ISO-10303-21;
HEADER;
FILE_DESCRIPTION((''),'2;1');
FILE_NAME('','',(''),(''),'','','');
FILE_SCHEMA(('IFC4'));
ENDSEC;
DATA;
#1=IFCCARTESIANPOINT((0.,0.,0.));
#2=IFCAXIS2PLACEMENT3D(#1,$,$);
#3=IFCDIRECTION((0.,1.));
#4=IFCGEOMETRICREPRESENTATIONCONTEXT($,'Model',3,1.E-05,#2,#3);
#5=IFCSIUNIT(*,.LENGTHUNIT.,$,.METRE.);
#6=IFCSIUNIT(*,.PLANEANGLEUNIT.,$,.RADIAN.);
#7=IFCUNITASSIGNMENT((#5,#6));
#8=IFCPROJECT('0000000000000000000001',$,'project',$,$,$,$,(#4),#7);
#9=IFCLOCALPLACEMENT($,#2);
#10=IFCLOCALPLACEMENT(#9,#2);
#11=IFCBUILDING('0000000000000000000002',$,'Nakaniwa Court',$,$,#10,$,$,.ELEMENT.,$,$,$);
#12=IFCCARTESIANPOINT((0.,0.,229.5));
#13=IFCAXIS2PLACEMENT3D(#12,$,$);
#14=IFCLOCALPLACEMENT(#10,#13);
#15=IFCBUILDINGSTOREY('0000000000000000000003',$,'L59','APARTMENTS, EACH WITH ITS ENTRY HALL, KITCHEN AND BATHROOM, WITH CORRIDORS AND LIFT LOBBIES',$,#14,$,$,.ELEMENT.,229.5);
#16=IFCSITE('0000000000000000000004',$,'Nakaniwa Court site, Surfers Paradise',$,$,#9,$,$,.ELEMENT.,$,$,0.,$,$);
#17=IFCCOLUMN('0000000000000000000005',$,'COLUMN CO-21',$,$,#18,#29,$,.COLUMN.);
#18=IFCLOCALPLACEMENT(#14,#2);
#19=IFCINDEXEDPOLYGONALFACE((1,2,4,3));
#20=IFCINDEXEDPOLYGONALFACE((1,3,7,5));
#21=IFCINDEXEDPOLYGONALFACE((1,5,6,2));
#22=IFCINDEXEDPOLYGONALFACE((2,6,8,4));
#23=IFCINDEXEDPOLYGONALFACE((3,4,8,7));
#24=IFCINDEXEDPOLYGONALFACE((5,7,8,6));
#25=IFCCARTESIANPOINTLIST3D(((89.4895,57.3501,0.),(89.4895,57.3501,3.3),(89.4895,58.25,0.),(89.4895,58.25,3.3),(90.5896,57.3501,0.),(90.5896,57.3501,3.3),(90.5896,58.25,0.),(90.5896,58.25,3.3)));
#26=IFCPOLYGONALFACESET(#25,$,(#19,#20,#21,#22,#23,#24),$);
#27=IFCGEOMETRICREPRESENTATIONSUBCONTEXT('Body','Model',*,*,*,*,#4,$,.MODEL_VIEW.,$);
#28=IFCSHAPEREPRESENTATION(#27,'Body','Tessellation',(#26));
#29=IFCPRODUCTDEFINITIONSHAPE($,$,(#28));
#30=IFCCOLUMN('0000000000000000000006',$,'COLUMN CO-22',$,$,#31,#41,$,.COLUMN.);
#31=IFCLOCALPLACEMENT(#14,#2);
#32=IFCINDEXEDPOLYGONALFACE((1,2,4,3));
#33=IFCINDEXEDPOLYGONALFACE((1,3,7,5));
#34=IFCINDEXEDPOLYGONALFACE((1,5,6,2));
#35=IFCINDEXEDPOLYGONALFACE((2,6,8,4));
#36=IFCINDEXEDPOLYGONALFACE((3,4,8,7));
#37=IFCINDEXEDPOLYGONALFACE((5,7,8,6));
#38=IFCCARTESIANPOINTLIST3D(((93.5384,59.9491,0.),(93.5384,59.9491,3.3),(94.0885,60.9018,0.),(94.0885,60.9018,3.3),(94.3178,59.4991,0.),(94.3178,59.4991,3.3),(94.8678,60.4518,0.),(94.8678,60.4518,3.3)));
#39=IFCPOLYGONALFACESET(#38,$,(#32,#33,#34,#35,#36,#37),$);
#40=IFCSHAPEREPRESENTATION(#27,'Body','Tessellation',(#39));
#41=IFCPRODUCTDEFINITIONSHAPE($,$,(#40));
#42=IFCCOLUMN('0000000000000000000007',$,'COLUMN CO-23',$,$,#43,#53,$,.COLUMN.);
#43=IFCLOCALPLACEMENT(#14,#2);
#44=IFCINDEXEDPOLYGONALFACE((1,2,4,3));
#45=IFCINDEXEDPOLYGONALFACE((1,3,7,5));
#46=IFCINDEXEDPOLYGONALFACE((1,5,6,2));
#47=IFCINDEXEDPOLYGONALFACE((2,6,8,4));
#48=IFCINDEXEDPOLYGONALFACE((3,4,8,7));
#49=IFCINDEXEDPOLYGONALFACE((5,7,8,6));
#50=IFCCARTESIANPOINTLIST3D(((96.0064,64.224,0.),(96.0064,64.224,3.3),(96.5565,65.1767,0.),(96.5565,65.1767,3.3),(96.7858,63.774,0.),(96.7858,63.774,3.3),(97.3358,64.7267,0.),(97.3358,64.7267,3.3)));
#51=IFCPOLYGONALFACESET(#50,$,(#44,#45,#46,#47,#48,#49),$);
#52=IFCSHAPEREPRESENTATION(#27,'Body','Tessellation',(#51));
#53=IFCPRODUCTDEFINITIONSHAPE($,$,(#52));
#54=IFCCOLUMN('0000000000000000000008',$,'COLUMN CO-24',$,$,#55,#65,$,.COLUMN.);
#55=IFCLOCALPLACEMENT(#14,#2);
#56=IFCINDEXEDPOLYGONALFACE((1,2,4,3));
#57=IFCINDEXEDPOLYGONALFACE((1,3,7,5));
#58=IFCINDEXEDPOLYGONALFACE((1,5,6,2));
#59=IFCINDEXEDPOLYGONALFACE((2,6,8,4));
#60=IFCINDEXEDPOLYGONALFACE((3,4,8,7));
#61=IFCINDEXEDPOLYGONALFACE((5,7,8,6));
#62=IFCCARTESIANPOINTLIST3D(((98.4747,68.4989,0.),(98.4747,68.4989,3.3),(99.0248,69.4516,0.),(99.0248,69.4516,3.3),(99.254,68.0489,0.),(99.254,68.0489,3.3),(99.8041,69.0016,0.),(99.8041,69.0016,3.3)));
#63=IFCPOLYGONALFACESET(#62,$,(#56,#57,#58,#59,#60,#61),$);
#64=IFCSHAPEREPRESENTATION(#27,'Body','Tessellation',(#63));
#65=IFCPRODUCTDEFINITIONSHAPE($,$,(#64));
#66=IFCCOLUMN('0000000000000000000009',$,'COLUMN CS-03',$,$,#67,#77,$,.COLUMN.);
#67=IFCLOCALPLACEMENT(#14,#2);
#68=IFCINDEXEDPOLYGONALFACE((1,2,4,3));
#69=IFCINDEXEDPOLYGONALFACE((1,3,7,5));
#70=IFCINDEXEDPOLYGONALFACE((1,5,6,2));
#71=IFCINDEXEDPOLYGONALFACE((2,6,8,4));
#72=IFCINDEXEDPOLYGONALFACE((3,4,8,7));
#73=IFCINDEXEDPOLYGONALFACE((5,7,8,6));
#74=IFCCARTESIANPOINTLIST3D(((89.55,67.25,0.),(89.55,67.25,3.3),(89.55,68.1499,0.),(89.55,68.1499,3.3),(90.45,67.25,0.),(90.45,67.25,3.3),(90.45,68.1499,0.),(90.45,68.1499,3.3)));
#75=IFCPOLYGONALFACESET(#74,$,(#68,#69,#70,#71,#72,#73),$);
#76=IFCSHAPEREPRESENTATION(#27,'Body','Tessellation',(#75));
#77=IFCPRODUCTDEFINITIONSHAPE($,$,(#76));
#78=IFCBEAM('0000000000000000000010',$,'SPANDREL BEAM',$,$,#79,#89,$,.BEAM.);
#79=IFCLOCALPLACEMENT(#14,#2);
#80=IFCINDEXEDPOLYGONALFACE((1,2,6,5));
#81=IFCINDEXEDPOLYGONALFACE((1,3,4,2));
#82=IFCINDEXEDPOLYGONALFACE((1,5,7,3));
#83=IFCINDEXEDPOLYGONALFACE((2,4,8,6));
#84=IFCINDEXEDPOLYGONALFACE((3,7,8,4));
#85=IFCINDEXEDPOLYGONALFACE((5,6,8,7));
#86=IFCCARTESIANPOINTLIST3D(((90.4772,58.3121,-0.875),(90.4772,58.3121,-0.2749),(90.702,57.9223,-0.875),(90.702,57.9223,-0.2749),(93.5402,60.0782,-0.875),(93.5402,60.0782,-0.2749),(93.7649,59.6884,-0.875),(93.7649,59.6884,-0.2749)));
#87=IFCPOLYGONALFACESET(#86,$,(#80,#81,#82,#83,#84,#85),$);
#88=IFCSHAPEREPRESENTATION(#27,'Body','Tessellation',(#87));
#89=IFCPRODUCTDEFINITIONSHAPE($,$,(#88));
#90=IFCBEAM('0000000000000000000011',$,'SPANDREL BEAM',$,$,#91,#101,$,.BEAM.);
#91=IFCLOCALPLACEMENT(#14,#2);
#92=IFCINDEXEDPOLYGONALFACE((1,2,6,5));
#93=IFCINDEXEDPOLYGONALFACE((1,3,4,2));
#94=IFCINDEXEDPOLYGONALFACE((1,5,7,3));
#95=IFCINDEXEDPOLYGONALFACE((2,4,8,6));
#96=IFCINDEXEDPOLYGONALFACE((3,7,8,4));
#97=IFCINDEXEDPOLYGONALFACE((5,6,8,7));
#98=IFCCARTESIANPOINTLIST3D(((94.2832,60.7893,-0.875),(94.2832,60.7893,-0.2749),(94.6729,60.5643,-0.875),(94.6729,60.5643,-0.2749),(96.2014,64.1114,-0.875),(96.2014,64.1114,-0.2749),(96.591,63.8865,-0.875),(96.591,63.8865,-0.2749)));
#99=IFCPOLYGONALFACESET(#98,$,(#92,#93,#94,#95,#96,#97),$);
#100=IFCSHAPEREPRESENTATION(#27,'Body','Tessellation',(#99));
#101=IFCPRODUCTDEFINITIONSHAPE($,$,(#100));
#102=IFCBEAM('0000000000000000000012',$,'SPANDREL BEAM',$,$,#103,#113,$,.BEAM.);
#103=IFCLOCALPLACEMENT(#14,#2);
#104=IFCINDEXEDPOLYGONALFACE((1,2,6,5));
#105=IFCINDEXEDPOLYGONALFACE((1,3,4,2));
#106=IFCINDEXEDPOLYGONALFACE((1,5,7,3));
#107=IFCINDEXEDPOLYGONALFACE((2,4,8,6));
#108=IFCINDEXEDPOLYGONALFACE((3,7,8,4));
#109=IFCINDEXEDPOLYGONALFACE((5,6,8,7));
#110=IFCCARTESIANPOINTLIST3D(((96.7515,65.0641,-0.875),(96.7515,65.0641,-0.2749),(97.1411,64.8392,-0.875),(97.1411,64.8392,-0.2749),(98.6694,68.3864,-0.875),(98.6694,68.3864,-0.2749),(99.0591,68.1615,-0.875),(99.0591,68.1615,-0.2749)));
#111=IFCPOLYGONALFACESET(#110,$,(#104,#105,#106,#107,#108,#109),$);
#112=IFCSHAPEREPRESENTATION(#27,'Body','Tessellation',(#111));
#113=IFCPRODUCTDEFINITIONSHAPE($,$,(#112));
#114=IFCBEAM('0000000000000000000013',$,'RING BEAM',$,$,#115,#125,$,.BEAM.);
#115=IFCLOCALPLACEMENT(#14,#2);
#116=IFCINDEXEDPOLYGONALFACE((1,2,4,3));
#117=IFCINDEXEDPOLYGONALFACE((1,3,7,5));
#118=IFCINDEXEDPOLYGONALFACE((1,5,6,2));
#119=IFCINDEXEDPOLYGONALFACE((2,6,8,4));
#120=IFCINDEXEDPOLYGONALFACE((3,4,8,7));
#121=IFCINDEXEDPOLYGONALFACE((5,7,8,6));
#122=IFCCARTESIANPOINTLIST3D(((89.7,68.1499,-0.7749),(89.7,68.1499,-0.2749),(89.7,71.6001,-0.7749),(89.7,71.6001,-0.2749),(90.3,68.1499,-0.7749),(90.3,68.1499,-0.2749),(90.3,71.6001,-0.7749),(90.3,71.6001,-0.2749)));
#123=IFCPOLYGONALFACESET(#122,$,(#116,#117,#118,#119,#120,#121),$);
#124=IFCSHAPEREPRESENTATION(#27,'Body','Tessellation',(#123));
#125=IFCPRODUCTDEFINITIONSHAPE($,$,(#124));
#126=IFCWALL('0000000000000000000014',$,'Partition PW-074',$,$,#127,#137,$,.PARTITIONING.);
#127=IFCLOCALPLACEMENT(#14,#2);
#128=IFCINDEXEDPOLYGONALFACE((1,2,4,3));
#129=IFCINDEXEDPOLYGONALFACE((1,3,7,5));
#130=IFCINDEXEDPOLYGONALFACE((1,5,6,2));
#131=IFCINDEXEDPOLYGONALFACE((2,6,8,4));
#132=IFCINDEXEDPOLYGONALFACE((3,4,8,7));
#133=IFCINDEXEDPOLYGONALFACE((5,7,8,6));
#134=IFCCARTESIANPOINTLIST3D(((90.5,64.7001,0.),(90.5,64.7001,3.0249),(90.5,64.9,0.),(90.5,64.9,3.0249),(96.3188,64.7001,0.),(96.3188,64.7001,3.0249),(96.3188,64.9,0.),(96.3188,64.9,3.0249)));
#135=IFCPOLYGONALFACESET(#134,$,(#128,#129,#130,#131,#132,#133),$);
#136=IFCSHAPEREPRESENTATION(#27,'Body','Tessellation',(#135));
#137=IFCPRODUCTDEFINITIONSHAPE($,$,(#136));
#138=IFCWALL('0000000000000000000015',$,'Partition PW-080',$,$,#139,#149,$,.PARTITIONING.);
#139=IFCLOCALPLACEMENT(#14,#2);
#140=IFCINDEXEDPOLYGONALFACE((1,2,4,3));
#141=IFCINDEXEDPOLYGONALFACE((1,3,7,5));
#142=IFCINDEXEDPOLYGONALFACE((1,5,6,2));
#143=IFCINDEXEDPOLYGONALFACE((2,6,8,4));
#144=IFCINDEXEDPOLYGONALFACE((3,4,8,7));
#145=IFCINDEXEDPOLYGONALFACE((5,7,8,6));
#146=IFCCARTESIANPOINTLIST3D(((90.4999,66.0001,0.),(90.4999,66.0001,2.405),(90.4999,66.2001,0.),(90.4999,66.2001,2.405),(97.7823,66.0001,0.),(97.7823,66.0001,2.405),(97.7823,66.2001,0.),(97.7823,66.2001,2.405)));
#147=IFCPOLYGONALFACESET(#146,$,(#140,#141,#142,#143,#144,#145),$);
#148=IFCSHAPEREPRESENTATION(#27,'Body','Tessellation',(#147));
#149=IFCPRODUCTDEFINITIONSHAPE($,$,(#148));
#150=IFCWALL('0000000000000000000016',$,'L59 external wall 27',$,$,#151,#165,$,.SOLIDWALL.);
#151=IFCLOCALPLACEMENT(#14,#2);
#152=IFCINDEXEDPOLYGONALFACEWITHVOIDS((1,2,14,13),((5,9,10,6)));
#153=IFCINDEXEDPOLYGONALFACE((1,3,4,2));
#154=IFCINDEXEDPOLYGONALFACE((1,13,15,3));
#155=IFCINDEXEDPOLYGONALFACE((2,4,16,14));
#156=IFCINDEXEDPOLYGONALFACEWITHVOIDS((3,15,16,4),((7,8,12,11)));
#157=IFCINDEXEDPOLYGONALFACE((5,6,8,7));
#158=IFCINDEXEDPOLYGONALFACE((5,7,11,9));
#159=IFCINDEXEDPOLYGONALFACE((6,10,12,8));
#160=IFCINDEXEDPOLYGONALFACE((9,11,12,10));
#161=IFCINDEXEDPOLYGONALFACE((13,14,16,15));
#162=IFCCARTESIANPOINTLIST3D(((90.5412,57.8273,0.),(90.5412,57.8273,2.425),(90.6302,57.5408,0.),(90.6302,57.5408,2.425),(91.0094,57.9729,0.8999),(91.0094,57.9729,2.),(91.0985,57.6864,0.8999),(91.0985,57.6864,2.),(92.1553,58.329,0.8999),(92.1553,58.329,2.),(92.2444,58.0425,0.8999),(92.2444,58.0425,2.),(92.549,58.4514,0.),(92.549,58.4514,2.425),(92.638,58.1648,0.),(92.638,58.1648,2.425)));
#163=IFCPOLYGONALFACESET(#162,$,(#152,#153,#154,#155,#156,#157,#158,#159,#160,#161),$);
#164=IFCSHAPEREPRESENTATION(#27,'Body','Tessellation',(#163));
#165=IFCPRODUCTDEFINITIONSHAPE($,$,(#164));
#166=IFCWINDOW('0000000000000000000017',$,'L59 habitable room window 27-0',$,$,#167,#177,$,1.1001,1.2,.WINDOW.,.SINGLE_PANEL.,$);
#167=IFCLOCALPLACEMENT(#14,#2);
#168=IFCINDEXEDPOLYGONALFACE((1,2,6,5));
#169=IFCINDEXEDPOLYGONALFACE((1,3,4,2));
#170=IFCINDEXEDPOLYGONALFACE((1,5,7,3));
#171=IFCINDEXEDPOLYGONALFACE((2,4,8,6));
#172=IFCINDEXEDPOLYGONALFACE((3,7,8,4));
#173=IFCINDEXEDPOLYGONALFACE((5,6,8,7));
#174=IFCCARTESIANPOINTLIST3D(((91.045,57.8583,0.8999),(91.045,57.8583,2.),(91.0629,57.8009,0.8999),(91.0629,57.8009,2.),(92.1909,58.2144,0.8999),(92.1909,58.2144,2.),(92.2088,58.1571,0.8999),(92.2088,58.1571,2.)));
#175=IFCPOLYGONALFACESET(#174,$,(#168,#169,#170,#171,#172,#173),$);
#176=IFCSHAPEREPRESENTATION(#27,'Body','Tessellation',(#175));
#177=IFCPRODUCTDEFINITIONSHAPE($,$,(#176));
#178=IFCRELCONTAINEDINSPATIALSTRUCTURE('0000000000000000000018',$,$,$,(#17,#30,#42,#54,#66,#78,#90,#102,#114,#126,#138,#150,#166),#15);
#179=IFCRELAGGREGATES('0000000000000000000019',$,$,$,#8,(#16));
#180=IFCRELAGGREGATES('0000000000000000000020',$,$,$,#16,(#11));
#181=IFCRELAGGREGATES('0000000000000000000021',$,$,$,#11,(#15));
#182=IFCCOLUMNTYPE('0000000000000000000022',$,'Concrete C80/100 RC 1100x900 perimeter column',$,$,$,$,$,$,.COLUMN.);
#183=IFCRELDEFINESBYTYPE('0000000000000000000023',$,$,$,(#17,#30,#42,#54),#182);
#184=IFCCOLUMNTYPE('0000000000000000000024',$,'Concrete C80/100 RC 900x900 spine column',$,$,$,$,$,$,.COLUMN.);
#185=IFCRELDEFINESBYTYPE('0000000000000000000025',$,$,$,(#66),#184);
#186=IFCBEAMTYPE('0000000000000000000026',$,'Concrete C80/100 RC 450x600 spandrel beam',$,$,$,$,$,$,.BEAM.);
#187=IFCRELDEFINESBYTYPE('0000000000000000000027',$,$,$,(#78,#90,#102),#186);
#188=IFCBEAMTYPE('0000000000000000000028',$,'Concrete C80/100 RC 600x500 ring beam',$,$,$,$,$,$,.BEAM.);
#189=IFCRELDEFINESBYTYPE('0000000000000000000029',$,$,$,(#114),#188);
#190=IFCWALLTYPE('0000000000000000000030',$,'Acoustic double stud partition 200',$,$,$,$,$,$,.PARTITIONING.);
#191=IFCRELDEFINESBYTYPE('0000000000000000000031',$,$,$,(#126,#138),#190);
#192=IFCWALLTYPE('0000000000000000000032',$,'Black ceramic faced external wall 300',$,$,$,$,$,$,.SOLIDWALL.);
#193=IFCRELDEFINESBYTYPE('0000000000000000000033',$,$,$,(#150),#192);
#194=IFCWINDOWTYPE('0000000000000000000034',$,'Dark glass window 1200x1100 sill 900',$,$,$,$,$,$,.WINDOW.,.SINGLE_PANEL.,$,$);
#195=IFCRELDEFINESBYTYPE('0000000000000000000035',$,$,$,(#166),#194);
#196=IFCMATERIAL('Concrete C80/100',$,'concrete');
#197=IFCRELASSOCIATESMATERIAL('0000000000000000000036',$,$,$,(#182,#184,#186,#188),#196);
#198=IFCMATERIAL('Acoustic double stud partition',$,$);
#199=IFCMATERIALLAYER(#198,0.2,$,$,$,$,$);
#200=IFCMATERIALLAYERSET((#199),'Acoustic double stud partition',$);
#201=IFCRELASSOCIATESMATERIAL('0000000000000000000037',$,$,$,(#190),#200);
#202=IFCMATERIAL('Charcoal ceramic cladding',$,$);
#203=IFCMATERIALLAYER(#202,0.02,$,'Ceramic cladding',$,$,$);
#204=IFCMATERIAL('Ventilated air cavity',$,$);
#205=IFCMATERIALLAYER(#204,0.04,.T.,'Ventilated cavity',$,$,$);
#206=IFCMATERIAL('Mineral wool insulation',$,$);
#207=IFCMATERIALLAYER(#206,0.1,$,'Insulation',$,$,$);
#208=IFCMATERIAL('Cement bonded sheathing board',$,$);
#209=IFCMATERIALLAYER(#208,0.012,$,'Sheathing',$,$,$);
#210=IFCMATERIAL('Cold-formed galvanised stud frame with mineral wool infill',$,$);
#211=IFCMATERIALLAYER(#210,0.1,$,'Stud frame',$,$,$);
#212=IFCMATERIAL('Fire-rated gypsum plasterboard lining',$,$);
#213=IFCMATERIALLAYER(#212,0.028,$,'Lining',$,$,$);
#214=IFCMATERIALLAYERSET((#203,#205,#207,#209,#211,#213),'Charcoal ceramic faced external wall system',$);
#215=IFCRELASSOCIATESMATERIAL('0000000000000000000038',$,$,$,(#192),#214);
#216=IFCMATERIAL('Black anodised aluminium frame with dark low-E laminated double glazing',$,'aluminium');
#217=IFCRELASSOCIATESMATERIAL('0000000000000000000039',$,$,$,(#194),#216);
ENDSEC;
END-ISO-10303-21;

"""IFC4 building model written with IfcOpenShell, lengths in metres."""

from ifc_helpers import new_model, si_unit, direction, frame, frame_2d, origin, origin_2d, place, context, subcontext, project, spatial, rectangle, extrude, material, layer, layer_set, material_profile, profile_set, type_object, element, fill, save


model = new_model("IFC4")

# Units and contexts
model_context = context("Model", 3, precision=1e-05, world=origin(), true_north=direction((0.0, 1.0)))
body_context = subcontext(model_context, "Body", "Model", "MODEL_VIEW")
ifc_project = project(units=[si_unit("LENGTHUNIT", "METRE"), si_unit("PLANEANGLEUNIT", "RADIAN")], contexts=[model_context])

# Site, building, storey
site_placement = place(None, origin())
site = spatial("IfcSite", under=ifc_project, at=site_placement, Name="Nakaniwa Court site, Surfers Paradise", CompositionType="ELEMENT", RefElevation=0.0)
building_placement = place(site_placement, origin())
building = spatial("IfcBuilding", under=site, at=building_placement, Name="Nakaniwa Court", CompositionType="ELEMENT")
storey_placement = place(building_placement, frame((0.0, 0.0, 229.5)))
storey = spatial("IfcBuildingStorey", under=building, at=storey_placement, Name="L59", Description="APARTMENTS, EACH WITH ITS ENTRY HALL, KITCHEN AND BATHROOM, WITH CORRIDORS AND LIFT LOBBIES", CompositionType="ELEMENT", Elevation=229.5)

# Columns
ifc_material_1 = material(Name="Concrete C80/100", Category="concrete")
ifc_material_profile_1 = material_profile(ifc_material_1, rectangle(XDim=1.1001, YDim=0.8999, at=origin_2d()), Name="Concrete C80/100 RC 1100x900 perimeter column")
ifc_profile_set_1 = profile_set([ifc_material_profile_1], Name="Concrete C80/100")
column_type_1 = type_object("IfcColumnType", Name="Concrete C80/100 RC 1100x900 perimeter column", PredefinedType="COLUMN", material=ifc_profile_set_1)
for number, where, z_axis, x_axis, name in (
    (1, (90.0396, 57.8, 0.0), (0.0, 0.0, 1.0), (1.0, 0.0, 0.0), "COLUMN CO-21"),
    (2, (94.2031, 60.2004, 0.0), (0.0, 0.0, 1.0), (0.5, 0.866025, 0.0), "COLUMN CO-22"),
    (3, (96.6711, 64.4753, 0.0), (0.0, 0.0, 1.0), (0.5, 0.866025, 0.0), "COLUMN CO-23"),
    (4, (99.1394, 68.7502, 0.0), (0.0, 0.0, 1.0), (0.5, 0.866025, 0.0), "COLUMN CO-24"),
):
    element("IfcColumn", number, at=place(storey_placement, frame(where, z_axis=z_axis, x_axis=x_axis)), inside=storey, type_object=column_type_1, Name=name, PredefinedType="COLUMN", context=body_context, shape_type="SweptSolid", body=[
        extrude(rectangle(XDim=1.1001, YDim=0.8999, at=origin_2d()), origin(), (0.0, 0.0, 1.0), 3.3),
    ])
ifc_material_profile_2 = material_profile(ifc_material_1, rectangle(XDim=0.8999, YDim=0.8999, at=origin_2d()), Name="Concrete C80/100 RC 900x900 spine column")
ifc_profile_set_2 = profile_set([ifc_material_profile_2], Name="Concrete C80/100")
column_type_2 = type_object("IfcColumnType", Name="Concrete C80/100 RC 900x900 spine column", PredefinedType="COLUMN", material=ifc_profile_set_2)
column_placement = place(storey_placement, frame((90.0, 67.7, 0.0), z_axis=(0.0, 0.0, 1.0), x_axis=(0.0, 1.0, 0.0)))
element("IfcColumn", 5, at=column_placement, inside=storey, type_object=column_type_2, Name="COLUMN CS-03", PredefinedType="COLUMN", context=body_context, shape_type="SweptSolid", body=[
    extrude(rectangle(XDim=0.8999, YDim=0.8999, at=origin_2d()), origin(), (0.0, 0.0, 1.0), 3.3),
])

# Beams
ifc_material_profile_3 = material_profile(ifc_material_1, rectangle(XDim=0.45, YDim=0.6001, at=origin_2d()), Name="Concrete C80/100 RC 450x600 spandrel beam")
ifc_profile_set_3 = profile_set([ifc_material_profile_3], Name="Concrete C80/100")
beam_type_1 = type_object("IfcBeamType", Name="Concrete C80/100 RC 450x600 spandrel beam", PredefinedType="BEAM", material=ifc_profile_set_3)
beam_1_placement = place(storey_placement, frame((90.5896, 58.1172, -0.575), z_axis=(0.866307, 0.499511, 0.0), x_axis=(-0.499511, 0.866307, 0.0)))
element("IfcBeam", 6, at=beam_1_placement, inside=storey, type_object=beam_type_1, Name="SPANDREL BEAM", PredefinedType="BEAM", context=body_context, shape_type="SweptSolid", body=[
    extrude(rectangle(XDim=0.45, YDim=0.6001, at=origin_2d()), origin(), (0.0, 0.0, 1.0), 3.5356),
])
for number, where, z_axis, x_axis, name in (
    (7, (94.478, 60.6768, -0.575), (0.50002, 0.866014, 0.0), (-0.866014, 0.50002, 0.0), "SPANDREL BEAM"),
    (8, (96.9463, 64.9517, -0.575), (0.499972, 0.866041, 0.0), (-0.866041, 0.499972, 0.0), "SPANDREL BEAM"),
):
    element("IfcBeam", number, at=place(storey_placement, frame(where, z_axis=z_axis, x_axis=x_axis)), inside=storey, type_object=beam_type_1, Name=name, PredefinedType="BEAM", context=body_context, shape_type="SweptSolid", body=[
        extrude(rectangle(XDim=0.45, YDim=0.6001, at=origin_2d()), origin(), (0.0, 0.0, 1.0), 3.8362),
    ])
ifc_material_profile_4 = material_profile(ifc_material_1, rectangle(XDim=0.6001, YDim=0.5, at=origin_2d()), Name="Concrete C80/100 RC 600x500 ring beam")
ifc_profile_set_4 = profile_set([ifc_material_profile_4], Name="Concrete C80/100")
beam_type_2 = type_object("IfcBeamType", Name="Concrete C80/100 RC 600x500 ring beam", PredefinedType="BEAM", material=ifc_profile_set_4)
beam_2_placement = place(storey_placement, frame((90.0, 68.1499, -0.5249), z_axis=(0.0, 1.0, 0.0), x_axis=(-1.0, 0.0, 0.0)))
element("IfcBeam", 9, at=beam_2_placement, inside=storey, type_object=beam_type_2, Name="RING BEAM", PredefinedType="BEAM", context=body_context, shape_type="SweptSolid", body=[
    extrude(rectangle(XDim=0.6001, YDim=0.5, at=origin_2d()), origin(), (0.0, 0.0, 1.0), 3.4502),
])

# Walls
ifc_material_2 = material(Name="Acoustic double stud partition")
ifc_layer_1 = layer(ifc_material_2, 0.2)
ifc_layer_set_1 = layer_set([ifc_layer_1], Name="Acoustic double stud partition")
wall_type_1 = type_object("IfcWallType", Name="Acoustic double stud partition 200", PredefinedType="PARTITIONING", material=ifc_layer_set_1)
wall_1_placement = place(storey_placement, frame((90.5, 64.8, 0.0), z_axis=(0.0, 0.0, 1.0), x_axis=(1.0, 0.0, 0.0)))
element("IfcWall", 10, at=wall_1_placement, inside=storey, type_object=wall_type_1, Name="Partition PW-074", PredefinedType="PARTITIONING", context=body_context, shape_type="SweptSolid", body=[
    extrude(rectangle(XDim=5.8188, YDim=0.2, at=frame_2d((2.9094, 0.0))), origin(), (0.0, 0.0, 1.0), 3.0249),
])
wall_2_placement = place(storey_placement, frame((90.5, 66.1001, 0.0), z_axis=(0.0, 0.0, 1.0), x_axis=(1.0, 0.0, 0.0)))
element("IfcWall", 11, at=wall_2_placement, inside=storey, type_object=wall_type_1, Name="Partition PW-080", PredefinedType="PARTITIONING", context=body_context, shape_type="SweptSolid", body=[
    extrude(rectangle(XDim=7.2825, YDim=0.2, at=frame_2d((3.6411, 0.0))), origin(), (0.0, 0.0, 1.0), 2.405),
])

# Wall, opening, window
ifc_material_3 = material(Name="Charcoal ceramic cladding")
ifc_layer_2 = layer(ifc_material_3, 0.02, Name="Ceramic cladding")
ifc_material_4 = material(Name="Ventilated air cavity")
ifc_layer_3 = layer(ifc_material_4, 0.04, ventilated=True, Name="Ventilated cavity")
ifc_material_5 = material(Name="Mineral wool insulation")
ifc_layer_4 = layer(ifc_material_5, 0.1, Name="Insulation")
ifc_material_6 = material(Name="Cement bonded sheathing board")
ifc_layer_5 = layer(ifc_material_6, 0.012, Name="Sheathing")
ifc_material_7 = material(Name="Cold-formed galvanised stud frame with mineral wool infill")
ifc_layer_6 = layer(ifc_material_7, 0.1, Name="Stud frame")
ifc_material_8 = material(Name="Fire-rated gypsum plasterboard lining")
ifc_layer_7 = layer(ifc_material_8, 0.028, Name="Lining")
ifc_layer_set_2 = layer_set([ifc_layer_2, ifc_layer_3, ifc_layer_4, ifc_layer_5, ifc_layer_6, ifc_layer_7], Name="Charcoal ceramic faced external wall system")
wall_type_2 = type_object("IfcWallType", Name="Black ceramic faced external wall 300", PredefinedType="SOLIDWALL", material=ifc_layer_set_2)
wall_3_placement = place(storey_placement, frame((90.5857, 57.6841, 0.0), z_axis=(0.0, 0.0, 1.0), x_axis=(0.954942, 0.296794, 0.0)))
wall_3 = element("IfcWall", 12, at=wall_3_placement, inside=storey, type_object=wall_type_2, Name="L59 external wall 27", PredefinedType="SOLIDWALL", context=body_context, shape_type="SweptSolid", body=[
    extrude(rectangle(XDim=2.1025, YDim=0.3, at=frame_2d((1.0513, 0.0))), origin(), (0.0, 0.0, 1.0), 2.425),
])
opening_1_placement = place(wall_3_placement, frame((0.4902, 0.0, 0.8999)))
opening_1 = element("IfcOpeningElement", 13, at=opening_1_placement, cuts=wall_3, PredefinedType="OPENING", context=body_context, shape_type="SweptSolid", body=[
    extrude(rectangle(XDim=1.2, YDim=1.1001, at=frame_2d((0.6001, 0.55))), frame((0.0, 0.1599, 0.0), z_axis=(0.0, -1.0, 0.0), x_axis=(1.0, 0.0, 0.0)), (0.0, 0.0, 1.0), 0.3201),
])
ifc_material_9 = material(Name="Black anodised aluminium frame with dark low-E laminated double glazing", Category="aluminium")
window_type_1 = type_object("IfcWindowType", Name="Dark glass window 1200x1100 sill 900", PartitioningType="SINGLE_PANEL", PredefinedType="WINDOW", material=ifc_material_9)
window_1_placement = place(opening_1_placement, origin())
window_1 = element("IfcWindow", 14, at=window_1_placement, inside=storey, type_object=window_type_1, Name="L59 habitable room window 27-0", OverallHeight=1.1001, OverallWidth=1.2, PartitioningType="SINGLE_PANEL", PredefinedType="WINDOW", context=body_context, shape_type="SweptSolid", body=[
    extrude(rectangle(XDim=1.2, YDim=1.1001, at=frame_2d((0.6001, 0.55))), frame((0.0, 0.03, 0.0), z_axis=(0.0, -1.0, 0.0), x_axis=(1.0, 0.0, 0.0)), (0.0, 0.0, 1.0), 0.0601),
])
fill(opening_1, window_1)

save(model, "model.ifc")
